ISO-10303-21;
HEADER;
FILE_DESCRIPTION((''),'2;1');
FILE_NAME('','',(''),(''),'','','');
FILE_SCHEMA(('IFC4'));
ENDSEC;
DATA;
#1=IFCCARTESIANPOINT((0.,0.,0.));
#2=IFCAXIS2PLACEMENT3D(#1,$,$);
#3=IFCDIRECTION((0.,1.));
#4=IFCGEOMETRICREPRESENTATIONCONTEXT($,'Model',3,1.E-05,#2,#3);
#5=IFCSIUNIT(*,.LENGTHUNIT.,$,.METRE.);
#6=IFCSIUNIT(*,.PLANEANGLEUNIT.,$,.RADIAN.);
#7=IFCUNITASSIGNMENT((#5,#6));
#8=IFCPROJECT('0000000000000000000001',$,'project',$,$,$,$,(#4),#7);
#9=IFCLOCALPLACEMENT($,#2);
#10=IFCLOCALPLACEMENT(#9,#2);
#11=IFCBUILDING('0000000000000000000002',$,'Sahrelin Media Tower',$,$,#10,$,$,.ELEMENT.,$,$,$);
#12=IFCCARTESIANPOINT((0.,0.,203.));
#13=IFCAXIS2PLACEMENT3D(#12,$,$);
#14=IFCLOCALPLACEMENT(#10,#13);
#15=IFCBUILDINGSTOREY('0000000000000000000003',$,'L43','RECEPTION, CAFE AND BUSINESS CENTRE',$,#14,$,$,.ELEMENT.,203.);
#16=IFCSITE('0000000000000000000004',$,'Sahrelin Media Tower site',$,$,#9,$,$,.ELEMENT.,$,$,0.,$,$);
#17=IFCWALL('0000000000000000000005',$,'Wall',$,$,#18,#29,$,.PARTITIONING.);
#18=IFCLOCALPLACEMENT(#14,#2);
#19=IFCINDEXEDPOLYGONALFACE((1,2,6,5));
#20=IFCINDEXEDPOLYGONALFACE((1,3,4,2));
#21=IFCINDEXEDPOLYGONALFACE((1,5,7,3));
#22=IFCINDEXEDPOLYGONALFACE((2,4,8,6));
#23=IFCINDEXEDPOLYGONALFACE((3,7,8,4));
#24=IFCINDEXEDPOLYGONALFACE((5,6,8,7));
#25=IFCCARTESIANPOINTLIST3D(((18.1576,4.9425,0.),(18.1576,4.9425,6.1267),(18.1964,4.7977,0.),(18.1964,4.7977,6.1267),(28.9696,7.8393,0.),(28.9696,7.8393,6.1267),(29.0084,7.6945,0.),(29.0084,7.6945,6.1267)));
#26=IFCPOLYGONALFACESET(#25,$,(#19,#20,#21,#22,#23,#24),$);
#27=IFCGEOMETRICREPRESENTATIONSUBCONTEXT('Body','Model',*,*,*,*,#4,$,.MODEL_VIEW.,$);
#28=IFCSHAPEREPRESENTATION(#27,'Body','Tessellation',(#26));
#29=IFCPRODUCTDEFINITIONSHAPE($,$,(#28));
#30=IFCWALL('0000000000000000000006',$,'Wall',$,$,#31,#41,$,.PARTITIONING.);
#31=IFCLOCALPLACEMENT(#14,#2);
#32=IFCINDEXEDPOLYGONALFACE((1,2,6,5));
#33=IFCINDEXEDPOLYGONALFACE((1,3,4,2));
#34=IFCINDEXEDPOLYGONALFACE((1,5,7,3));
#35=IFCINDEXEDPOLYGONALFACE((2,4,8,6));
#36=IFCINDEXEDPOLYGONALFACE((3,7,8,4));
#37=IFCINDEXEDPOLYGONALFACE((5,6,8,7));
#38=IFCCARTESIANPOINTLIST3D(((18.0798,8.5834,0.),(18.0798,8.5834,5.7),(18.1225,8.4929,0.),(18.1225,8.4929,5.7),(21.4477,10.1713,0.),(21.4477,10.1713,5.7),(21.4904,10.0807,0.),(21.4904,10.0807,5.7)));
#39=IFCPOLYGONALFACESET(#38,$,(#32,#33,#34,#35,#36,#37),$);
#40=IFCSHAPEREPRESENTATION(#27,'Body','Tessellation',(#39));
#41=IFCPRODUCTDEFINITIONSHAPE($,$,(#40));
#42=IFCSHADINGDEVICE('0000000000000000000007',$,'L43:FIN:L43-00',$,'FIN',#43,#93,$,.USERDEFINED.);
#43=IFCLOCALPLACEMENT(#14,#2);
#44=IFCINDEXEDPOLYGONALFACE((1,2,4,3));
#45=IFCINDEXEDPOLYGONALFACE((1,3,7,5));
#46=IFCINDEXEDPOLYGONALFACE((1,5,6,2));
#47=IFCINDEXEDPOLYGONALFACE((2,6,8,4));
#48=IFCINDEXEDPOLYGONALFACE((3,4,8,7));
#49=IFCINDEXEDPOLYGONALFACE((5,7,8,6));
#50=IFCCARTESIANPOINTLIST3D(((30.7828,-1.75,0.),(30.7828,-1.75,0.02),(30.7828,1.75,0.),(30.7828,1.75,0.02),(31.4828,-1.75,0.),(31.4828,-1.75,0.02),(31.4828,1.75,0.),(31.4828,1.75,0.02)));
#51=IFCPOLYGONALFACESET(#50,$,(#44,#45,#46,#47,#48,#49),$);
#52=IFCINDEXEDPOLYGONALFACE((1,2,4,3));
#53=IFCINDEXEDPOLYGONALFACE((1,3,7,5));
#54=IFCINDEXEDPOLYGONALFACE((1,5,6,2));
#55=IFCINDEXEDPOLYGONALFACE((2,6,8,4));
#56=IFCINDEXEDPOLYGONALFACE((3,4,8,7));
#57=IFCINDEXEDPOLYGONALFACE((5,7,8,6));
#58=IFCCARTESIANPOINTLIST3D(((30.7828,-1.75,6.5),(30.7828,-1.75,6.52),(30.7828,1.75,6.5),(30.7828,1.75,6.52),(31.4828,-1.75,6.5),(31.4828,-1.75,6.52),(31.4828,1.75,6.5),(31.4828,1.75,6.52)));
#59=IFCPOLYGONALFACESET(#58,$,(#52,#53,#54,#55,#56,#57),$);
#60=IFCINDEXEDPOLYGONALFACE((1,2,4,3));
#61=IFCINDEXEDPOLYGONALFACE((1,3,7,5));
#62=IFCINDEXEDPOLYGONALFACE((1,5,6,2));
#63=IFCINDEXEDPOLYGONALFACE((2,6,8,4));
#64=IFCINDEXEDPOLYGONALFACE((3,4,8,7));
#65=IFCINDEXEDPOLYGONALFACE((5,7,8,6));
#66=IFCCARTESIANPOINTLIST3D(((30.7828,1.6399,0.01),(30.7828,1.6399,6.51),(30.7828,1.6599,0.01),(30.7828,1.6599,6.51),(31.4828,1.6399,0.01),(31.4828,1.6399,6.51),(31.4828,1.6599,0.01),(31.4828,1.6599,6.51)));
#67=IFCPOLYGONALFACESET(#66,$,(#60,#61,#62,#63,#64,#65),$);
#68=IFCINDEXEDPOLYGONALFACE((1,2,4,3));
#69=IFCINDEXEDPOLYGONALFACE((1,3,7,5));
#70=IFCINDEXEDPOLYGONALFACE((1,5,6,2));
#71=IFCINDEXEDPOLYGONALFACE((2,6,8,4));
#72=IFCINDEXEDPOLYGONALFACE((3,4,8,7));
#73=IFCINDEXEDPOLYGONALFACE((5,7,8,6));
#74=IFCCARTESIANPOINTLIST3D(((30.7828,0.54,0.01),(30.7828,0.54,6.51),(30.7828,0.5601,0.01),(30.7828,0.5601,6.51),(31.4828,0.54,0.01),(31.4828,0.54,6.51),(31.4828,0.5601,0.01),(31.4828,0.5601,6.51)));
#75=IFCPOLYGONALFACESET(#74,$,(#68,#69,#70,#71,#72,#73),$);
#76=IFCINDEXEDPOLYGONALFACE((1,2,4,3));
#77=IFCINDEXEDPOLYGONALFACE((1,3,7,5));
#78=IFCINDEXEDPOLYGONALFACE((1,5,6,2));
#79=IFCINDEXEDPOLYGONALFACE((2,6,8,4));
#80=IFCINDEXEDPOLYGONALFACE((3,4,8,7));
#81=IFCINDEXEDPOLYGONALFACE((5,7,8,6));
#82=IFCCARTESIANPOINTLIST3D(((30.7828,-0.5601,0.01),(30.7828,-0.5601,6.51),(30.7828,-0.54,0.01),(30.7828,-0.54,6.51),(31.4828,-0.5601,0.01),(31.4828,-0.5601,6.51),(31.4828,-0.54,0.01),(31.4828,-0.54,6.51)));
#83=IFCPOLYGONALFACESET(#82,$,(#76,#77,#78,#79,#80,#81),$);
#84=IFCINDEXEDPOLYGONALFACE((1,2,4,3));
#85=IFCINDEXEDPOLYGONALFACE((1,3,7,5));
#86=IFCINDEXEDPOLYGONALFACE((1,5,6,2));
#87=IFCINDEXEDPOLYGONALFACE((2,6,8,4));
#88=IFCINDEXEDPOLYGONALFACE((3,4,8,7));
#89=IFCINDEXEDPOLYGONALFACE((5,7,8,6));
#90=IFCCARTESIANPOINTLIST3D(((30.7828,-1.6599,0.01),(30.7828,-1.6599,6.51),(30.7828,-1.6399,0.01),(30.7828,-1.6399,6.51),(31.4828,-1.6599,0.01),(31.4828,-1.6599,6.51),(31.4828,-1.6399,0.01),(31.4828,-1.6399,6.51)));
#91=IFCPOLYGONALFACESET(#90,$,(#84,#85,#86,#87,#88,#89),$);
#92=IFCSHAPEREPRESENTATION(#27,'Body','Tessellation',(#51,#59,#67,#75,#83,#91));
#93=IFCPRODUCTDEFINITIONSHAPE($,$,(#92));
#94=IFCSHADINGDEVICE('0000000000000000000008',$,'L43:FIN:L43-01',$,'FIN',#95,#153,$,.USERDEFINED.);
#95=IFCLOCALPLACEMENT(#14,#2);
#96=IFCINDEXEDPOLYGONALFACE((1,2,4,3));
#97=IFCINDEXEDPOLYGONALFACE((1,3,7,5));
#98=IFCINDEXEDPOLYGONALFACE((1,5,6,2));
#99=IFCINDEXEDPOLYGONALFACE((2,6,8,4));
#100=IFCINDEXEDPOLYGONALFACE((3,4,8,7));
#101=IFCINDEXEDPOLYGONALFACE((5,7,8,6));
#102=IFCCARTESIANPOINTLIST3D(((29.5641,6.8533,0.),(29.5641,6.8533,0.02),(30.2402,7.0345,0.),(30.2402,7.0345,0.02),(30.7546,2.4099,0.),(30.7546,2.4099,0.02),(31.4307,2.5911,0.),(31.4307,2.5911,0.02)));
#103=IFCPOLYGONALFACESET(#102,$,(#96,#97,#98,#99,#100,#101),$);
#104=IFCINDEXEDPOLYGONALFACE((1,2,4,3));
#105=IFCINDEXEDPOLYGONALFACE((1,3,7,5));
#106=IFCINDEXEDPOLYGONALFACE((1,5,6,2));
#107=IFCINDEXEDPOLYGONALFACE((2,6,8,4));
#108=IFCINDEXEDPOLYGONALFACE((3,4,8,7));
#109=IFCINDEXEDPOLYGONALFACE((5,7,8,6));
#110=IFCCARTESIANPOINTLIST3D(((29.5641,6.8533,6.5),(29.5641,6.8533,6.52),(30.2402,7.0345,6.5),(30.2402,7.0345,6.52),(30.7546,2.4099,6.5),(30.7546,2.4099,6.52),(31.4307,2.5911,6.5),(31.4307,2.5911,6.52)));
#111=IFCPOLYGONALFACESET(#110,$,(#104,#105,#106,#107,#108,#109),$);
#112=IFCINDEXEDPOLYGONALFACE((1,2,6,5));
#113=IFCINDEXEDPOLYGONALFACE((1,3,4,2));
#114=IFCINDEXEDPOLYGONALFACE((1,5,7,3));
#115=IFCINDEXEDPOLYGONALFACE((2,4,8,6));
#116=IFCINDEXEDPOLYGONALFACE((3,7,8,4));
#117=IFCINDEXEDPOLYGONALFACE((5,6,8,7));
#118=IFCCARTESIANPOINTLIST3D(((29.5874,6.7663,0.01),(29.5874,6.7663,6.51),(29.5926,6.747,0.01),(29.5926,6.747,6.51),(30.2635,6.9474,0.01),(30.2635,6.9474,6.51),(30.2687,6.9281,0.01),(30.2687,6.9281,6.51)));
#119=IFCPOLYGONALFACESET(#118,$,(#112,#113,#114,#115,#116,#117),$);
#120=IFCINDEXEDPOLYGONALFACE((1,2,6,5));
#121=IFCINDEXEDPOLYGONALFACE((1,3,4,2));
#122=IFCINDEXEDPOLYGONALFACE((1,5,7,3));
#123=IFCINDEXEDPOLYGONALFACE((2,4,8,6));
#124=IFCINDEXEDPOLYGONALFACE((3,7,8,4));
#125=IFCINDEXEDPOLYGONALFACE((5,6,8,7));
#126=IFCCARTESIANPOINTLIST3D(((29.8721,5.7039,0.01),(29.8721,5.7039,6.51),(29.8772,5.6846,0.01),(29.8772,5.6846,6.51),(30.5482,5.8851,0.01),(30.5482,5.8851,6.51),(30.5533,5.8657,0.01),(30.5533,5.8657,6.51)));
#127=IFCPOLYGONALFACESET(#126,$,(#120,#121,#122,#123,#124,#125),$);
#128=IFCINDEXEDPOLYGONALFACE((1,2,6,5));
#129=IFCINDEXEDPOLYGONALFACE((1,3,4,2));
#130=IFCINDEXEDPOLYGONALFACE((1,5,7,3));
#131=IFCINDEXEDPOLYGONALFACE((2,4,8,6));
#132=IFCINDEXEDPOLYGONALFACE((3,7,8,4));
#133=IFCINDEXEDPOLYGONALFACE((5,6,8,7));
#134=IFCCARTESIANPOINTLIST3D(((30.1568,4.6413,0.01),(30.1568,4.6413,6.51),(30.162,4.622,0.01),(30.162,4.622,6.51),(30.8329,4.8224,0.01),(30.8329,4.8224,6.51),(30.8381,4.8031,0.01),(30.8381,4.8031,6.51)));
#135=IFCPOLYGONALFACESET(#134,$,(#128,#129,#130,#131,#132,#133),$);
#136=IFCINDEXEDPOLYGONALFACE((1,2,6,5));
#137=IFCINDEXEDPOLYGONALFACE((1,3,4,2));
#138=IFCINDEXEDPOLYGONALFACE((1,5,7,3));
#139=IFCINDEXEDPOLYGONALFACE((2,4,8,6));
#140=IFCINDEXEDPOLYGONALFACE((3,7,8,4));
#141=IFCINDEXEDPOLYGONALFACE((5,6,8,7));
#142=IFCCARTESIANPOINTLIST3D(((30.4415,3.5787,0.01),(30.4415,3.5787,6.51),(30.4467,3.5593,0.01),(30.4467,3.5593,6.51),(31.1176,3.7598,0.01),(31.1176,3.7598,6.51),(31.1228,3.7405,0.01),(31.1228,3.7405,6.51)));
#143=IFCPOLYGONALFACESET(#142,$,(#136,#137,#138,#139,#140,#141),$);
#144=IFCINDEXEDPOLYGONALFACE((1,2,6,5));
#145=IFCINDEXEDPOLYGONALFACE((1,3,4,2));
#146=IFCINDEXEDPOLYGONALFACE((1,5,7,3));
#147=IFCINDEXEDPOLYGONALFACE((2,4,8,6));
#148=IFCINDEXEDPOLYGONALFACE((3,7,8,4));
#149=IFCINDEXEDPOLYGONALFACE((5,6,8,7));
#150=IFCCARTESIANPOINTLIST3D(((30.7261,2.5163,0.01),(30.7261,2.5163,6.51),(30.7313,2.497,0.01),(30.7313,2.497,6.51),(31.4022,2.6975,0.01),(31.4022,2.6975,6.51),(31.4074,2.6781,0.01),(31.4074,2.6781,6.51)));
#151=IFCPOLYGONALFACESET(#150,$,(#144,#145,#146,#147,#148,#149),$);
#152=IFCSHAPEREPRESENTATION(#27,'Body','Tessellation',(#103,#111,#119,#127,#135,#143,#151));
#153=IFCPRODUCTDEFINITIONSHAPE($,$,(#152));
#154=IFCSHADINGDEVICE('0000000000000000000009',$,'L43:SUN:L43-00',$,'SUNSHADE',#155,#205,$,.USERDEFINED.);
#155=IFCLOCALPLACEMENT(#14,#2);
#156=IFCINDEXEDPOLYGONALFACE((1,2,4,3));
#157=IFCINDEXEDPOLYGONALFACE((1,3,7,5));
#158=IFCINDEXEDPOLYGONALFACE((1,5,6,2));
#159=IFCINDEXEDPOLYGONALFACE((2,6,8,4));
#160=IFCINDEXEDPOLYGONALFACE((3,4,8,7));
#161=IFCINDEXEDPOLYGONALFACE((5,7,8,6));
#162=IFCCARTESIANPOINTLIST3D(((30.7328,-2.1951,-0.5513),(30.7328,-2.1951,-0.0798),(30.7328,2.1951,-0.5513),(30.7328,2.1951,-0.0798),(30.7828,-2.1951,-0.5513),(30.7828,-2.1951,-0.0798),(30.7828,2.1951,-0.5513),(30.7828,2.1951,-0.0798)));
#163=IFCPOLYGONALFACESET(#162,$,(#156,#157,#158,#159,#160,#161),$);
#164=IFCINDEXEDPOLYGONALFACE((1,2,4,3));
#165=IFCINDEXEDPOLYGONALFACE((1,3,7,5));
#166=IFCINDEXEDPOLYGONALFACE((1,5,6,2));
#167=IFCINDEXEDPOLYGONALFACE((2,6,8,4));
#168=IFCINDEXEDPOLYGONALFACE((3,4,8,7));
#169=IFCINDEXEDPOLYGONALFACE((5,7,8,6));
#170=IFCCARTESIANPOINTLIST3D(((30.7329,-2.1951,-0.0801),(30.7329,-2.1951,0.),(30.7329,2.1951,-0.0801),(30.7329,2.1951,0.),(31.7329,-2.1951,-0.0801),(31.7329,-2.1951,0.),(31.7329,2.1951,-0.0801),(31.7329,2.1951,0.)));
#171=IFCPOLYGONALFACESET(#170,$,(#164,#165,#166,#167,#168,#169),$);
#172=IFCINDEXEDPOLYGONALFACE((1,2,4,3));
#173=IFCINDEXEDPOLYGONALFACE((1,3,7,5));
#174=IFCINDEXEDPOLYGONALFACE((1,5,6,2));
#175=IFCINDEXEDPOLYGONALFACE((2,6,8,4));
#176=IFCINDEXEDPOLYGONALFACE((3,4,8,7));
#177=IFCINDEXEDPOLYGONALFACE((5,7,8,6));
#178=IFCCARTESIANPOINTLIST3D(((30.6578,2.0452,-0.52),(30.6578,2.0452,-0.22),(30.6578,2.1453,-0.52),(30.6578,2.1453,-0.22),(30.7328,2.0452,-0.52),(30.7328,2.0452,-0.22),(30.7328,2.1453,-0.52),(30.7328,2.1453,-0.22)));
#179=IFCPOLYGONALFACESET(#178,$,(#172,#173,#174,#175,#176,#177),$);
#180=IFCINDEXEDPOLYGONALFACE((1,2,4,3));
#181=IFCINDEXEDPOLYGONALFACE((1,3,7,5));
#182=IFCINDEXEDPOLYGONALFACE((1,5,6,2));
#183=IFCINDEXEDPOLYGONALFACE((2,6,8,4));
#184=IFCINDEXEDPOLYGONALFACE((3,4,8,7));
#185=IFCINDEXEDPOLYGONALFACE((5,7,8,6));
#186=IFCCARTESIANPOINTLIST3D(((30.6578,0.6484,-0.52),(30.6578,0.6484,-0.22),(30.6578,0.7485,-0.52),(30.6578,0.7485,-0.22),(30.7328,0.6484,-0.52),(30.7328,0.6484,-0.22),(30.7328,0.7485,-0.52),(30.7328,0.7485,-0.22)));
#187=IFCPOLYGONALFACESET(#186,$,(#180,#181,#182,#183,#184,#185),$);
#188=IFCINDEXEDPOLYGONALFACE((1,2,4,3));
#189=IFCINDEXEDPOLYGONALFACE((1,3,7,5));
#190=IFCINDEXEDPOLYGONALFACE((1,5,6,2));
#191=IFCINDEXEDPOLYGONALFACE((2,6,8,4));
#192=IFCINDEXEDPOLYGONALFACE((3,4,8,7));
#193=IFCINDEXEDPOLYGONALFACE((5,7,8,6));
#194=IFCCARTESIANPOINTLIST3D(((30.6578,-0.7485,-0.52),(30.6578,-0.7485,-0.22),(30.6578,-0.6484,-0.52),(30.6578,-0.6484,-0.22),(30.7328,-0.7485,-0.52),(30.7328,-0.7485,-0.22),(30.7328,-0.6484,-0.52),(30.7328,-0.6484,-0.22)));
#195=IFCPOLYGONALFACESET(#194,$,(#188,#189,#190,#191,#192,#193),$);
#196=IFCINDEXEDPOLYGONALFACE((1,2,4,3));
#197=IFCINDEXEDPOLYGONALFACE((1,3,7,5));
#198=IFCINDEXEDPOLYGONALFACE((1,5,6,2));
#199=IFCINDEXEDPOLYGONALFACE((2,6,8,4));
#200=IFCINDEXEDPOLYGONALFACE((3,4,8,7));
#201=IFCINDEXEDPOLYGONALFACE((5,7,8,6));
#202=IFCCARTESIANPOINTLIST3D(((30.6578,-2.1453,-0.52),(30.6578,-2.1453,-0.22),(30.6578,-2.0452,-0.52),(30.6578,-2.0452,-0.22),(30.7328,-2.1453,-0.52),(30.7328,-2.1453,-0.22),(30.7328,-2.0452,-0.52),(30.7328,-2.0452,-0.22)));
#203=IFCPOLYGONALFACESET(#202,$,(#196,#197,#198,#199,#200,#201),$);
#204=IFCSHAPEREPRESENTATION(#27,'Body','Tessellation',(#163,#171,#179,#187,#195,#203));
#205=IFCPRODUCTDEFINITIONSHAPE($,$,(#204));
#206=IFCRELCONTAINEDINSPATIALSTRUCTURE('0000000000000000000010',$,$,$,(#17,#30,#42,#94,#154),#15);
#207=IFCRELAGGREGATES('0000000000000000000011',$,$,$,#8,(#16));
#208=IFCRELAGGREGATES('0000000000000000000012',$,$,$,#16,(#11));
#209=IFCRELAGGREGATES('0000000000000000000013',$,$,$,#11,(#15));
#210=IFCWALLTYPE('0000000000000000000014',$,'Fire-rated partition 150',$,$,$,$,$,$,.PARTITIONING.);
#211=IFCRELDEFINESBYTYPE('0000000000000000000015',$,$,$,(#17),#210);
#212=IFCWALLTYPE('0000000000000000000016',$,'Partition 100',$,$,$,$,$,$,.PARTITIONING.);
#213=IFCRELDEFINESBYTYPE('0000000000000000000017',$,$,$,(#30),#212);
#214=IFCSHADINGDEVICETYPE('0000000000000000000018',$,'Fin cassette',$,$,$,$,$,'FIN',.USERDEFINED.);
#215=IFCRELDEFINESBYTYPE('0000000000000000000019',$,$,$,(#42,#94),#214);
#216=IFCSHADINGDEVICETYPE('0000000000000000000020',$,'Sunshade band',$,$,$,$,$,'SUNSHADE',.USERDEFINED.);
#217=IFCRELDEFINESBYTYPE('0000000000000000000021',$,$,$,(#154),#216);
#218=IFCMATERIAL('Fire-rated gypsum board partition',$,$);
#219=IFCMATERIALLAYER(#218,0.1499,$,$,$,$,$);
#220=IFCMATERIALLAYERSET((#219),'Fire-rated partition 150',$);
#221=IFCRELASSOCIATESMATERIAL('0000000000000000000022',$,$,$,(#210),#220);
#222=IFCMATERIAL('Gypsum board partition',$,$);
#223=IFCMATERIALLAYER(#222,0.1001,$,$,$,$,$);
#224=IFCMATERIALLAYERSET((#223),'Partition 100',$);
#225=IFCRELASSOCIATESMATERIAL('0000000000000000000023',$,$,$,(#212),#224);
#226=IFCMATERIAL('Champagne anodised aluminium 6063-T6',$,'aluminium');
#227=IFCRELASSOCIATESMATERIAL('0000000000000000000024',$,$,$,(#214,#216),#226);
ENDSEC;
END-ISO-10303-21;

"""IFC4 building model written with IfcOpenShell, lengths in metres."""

from ifc_helpers import new_model, si_unit, direction, frame, frame_2d, origin, origin_2d, place, context, subcontext, project, spatial, rectangle, extrude, material, layer, layer_set, type_object, element, save


model = new_model("IFC4")

# Units and contexts
model_context = context("Model", 3, precision=1e-05, world=origin(), true_north=direction((0.0, 1.0)))
body_context = subcontext(model_context, "Body", "Model", "MODEL_VIEW")
ifc_project = project(units=[si_unit("LENGTHUNIT", "METRE"), si_unit("PLANEANGLEUNIT", "RADIAN")], contexts=[model_context])

# Site, building, storey
site_placement = place(None, origin())
site = spatial("IfcSite", under=ifc_project, at=site_placement, Name="Sahrelin Media Tower site", CompositionType="ELEMENT", RefElevation=0.0)
building_placement = place(site_placement, origin())
building = spatial("IfcBuilding", under=site, at=building_placement, Name="Sahrelin Media Tower", CompositionType="ELEMENT")
storey_placement = place(building_placement, frame((0.0, 0.0, 203.0)))
storey = spatial("IfcBuildingStorey", under=building, at=storey_placement, Name="L43", Description="RECEPTION, CAFE AND BUSINESS CENTRE", CompositionType="ELEMENT", Elevation=203.0)

# Shared definitions
ifc_material_1 = material(Name="Champagne anodised aluminium 6063-T6", Category="aluminium")

# Walls
ifc_material_2 = material(Name="Fire-rated gypsum board partition")
ifc_layer_1 = layer(ifc_material_2, 0.1499)
ifc_layer_set_1 = layer_set([ifc_layer_1], Name="Fire-rated partition 150")
wall_type_1 = type_object("IfcWallType", Name="Fire-rated partition 150", PredefinedType="PARTITIONING", material=ifc_layer_set_1)
wall_1_placement = place(storey_placement, frame((18.177, 4.8701, 0.0), z_axis=(0.0, 0.0, 1.0), x_axis=(0.965933, 0.258791, 0.0)))
element("IfcWall", 1, at=wall_1_placement, inside=storey, type_object=wall_type_1, Name="Wall", PredefinedType="PARTITIONING", context=body_context, shape_type="SweptSolid", body=[
    extrude(rectangle(XDim=11.1934, YDim=0.1499, at=frame_2d((5.5967, 0.0))), origin(), (0.0, 0.0, 1.0), 6.1267),
])
ifc_material_3 = material(Name="Gypsum board partition")
ifc_layer_2 = layer(ifc_material_3, 0.1001)
ifc_layer_set_2 = layer_set([ifc_layer_2], Name="Partition 100")
wall_type_2 = type_object("IfcWallType", Name="Partition 100", PredefinedType="PARTITIONING", material=ifc_layer_set_2)
wall_2_placement = place(storey_placement, frame((18.1011, 8.5381, 0.0), z_axis=(0.0, 0.0, 1.0), x_axis=(0.904509, 0.426454, 0.0)))
element("IfcWall", 2, at=wall_2_placement, inside=storey, type_object=wall_type_2, Name="Wall", PredefinedType="PARTITIONING", context=body_context, shape_type="SweptSolid", body=[
    extrude(rectangle(XDim=3.7234, YDim=0.1001, at=frame_2d((1.8618, 0.0))), origin(), (0.0, 0.0, 1.0), 5.7),
])

# Shading devices
shading_device_type_1 = type_object("IfcShadingDeviceType", Name="Fin cassette", ElementType="FIN", PredefinedType="USERDEFINED", material=ifc_material_1)
placement_1 = place(storey_placement, frame((30.7129, 0.0, 0.0), z_axis=(0.0, 0.0, 1.0), x_axis=(0.0, -1.0, 0.0)))
element("IfcShadingDevice", 3, at=placement_1, inside=storey, type_object=shading_device_type_1, Name="L43:FIN:L43-00", ObjectType="FIN", PredefinedType="USERDEFINED", context=body_context, shape_type="SweptSolid", body=[
    extrude(rectangle(XDim=3.5, YDim=0.7, at=origin_2d()), frame((0.0, 0.4199, 0.0)), (0.0, 0.0, 1.0), 0.02),
    extrude(rectangle(XDim=3.5, YDim=0.7, at=origin_2d()), frame((0.0, 0.4199, 6.5)), (0.0, 0.0, 1.0), 0.02),
    extrude(rectangle(XDim=0.02, YDim=0.7, at=origin_2d()), frame((-1.6499, 0.4199, 0.01), z_axis=(0.0, 0.0, 1.0), x_axis=(1.0, 0.0, 0.0)), (0.0, 0.0, 1.0), 6.5),
    extrude(rectangle(XDim=0.02, YDim=0.7, at=origin_2d()), frame((-0.55, 0.4199, 0.01), z_axis=(0.0, 0.0, 1.0), x_axis=(1.0, 0.0, 0.0)), (0.0, 0.0, 1.0), 6.5),
    extrude(rectangle(XDim=0.02, YDim=0.7, at=origin_2d()), frame((0.55, 0.4199, 0.01), z_axis=(0.0, 0.0, 1.0), x_axis=(1.0, 0.0, 0.0)), (0.0, 0.0, 1.0), 6.5),
    extrude(rectangle(XDim=0.02, YDim=0.7, at=origin_2d()), frame((1.6499, 0.4199, 0.01), z_axis=(0.0, 0.0, 1.0), x_axis=(1.0, 0.0, 0.0)), (0.0, 0.0, 1.0), 6.5),
])
placement_2 = place(storey_placement, frame((30.0918, 4.6135, 0.0), z_axis=(0.0, 0.0, 1.0), x_axis=(0.258808, -0.965929, 0.0)))
element("IfcShadingDevice", 4, at=placement_2, inside=storey, type_object=shading_device_type_1, Name="L43:FIN:L43-01", ObjectType="FIN", PredefinedType="USERDEFINED", context=body_context, shape_type="SweptSolid", body=[
    extrude(rectangle(XDim=4.6001, YDim=0.7, at=origin_2d()), frame((0.0, 0.4199, 0.0)), (0.0, 0.0, 1.0), 0.02),
    extrude(rectangle(XDim=4.6001, YDim=0.7, at=origin_2d()), frame((0.0, 0.4199, 6.5)), (0.0, 0.0, 1.0), 0.02),
    extrude(rectangle(XDim=0.02, YDim=0.7, at=origin_2d()), frame((-2.2, 0.4199, 0.01), z_axis=(0.0, 0.0, 1.0), x_axis=(1.0, 0.0, 0.0)), (0.0, 0.0, 1.0), 6.5),
    extrude(rectangle(XDim=0.02, YDim=0.7, at=origin_2d()), frame((-1.1001, 0.4199, 0.01), z_axis=(0.0, 0.0, 1.0), x_axis=(1.0, 0.0, 0.0)), (0.0, 0.0, 1.0), 6.5),
    extrude(rectangle(XDim=0.02, YDim=0.7, at=origin_2d()), frame((0.0, 0.4199, 0.01), z_axis=(0.0, 0.0, 1.0), x_axis=(1.0, 0.0, 0.0)), (0.0, 0.0, 1.0), 6.5),
    extrude(rectangle(XDim=0.02, YDim=0.7, at=origin_2d()), frame((1.1001, 0.4199, 0.01), z_axis=(0.0, 0.0, 1.0), x_axis=(1.0, 0.0, 0.0)), (0.0, 0.0, 1.0), 6.5),
    extrude(rectangle(XDim=0.02, YDim=0.7, at=origin_2d()), frame((2.2, 0.4199, 0.01), z_axis=(0.0, 0.0, 1.0), x_axis=(1.0, 0.0, 0.0)), (0.0, 0.0, 1.0), 6.5),
])
shading_device_type_2 = type_object("IfcShadingDeviceType", Name="Sunshade band", ElementType="SUNSHADE", PredefinedType="USERDEFINED", material=ifc_material_1)
element("IfcShadingDevice", 5, at=placement_1, inside=storey, type_object=shading_device_type_2, Name="L43:SUN:L43-00", ObjectType="SUNSHADE", PredefinedType="USERDEFINED", context=body_context, shape_type="SweptSolid", body=[
    extrude(rectangle(XDim=4.3901, YDim=0.05, at=origin_2d()), frame((0.0, 0.0449, -0.5513)), (0.0, 0.0, 1.0), 0.4714),
    extrude(rectangle(XDim=4.3901, YDim=1.0, at=origin_2d()), frame((0.0, 0.52, -0.0801)), (0.0, 0.0, 1.0), 0.0801),
    extrude(rectangle(XDim=0.1001, YDim=0.075, at=origin_2d()), frame((-2.0952, -0.0176, -0.52)), (0.0, 0.0, 1.0), 0.3),
    extrude(rectangle(XDim=0.1001, YDim=0.075, at=origin_2d()), frame((-0.6985, -0.0176, -0.52)), (0.0, 0.0, 1.0), 0.3),
    extrude(rectangle(XDim=0.1001, YDim=0.075, at=origin_2d()), frame((0.6985, -0.0176, -0.52)), (0.0, 0.0, 1.0), 0.3),
    extrude(rectangle(XDim=0.1001, YDim=0.075, at=origin_2d()), frame((2.0952, -0.0176, -0.52)), (0.0, 0.0, 1.0), 0.3),
])

save(model, "model.ifc")
